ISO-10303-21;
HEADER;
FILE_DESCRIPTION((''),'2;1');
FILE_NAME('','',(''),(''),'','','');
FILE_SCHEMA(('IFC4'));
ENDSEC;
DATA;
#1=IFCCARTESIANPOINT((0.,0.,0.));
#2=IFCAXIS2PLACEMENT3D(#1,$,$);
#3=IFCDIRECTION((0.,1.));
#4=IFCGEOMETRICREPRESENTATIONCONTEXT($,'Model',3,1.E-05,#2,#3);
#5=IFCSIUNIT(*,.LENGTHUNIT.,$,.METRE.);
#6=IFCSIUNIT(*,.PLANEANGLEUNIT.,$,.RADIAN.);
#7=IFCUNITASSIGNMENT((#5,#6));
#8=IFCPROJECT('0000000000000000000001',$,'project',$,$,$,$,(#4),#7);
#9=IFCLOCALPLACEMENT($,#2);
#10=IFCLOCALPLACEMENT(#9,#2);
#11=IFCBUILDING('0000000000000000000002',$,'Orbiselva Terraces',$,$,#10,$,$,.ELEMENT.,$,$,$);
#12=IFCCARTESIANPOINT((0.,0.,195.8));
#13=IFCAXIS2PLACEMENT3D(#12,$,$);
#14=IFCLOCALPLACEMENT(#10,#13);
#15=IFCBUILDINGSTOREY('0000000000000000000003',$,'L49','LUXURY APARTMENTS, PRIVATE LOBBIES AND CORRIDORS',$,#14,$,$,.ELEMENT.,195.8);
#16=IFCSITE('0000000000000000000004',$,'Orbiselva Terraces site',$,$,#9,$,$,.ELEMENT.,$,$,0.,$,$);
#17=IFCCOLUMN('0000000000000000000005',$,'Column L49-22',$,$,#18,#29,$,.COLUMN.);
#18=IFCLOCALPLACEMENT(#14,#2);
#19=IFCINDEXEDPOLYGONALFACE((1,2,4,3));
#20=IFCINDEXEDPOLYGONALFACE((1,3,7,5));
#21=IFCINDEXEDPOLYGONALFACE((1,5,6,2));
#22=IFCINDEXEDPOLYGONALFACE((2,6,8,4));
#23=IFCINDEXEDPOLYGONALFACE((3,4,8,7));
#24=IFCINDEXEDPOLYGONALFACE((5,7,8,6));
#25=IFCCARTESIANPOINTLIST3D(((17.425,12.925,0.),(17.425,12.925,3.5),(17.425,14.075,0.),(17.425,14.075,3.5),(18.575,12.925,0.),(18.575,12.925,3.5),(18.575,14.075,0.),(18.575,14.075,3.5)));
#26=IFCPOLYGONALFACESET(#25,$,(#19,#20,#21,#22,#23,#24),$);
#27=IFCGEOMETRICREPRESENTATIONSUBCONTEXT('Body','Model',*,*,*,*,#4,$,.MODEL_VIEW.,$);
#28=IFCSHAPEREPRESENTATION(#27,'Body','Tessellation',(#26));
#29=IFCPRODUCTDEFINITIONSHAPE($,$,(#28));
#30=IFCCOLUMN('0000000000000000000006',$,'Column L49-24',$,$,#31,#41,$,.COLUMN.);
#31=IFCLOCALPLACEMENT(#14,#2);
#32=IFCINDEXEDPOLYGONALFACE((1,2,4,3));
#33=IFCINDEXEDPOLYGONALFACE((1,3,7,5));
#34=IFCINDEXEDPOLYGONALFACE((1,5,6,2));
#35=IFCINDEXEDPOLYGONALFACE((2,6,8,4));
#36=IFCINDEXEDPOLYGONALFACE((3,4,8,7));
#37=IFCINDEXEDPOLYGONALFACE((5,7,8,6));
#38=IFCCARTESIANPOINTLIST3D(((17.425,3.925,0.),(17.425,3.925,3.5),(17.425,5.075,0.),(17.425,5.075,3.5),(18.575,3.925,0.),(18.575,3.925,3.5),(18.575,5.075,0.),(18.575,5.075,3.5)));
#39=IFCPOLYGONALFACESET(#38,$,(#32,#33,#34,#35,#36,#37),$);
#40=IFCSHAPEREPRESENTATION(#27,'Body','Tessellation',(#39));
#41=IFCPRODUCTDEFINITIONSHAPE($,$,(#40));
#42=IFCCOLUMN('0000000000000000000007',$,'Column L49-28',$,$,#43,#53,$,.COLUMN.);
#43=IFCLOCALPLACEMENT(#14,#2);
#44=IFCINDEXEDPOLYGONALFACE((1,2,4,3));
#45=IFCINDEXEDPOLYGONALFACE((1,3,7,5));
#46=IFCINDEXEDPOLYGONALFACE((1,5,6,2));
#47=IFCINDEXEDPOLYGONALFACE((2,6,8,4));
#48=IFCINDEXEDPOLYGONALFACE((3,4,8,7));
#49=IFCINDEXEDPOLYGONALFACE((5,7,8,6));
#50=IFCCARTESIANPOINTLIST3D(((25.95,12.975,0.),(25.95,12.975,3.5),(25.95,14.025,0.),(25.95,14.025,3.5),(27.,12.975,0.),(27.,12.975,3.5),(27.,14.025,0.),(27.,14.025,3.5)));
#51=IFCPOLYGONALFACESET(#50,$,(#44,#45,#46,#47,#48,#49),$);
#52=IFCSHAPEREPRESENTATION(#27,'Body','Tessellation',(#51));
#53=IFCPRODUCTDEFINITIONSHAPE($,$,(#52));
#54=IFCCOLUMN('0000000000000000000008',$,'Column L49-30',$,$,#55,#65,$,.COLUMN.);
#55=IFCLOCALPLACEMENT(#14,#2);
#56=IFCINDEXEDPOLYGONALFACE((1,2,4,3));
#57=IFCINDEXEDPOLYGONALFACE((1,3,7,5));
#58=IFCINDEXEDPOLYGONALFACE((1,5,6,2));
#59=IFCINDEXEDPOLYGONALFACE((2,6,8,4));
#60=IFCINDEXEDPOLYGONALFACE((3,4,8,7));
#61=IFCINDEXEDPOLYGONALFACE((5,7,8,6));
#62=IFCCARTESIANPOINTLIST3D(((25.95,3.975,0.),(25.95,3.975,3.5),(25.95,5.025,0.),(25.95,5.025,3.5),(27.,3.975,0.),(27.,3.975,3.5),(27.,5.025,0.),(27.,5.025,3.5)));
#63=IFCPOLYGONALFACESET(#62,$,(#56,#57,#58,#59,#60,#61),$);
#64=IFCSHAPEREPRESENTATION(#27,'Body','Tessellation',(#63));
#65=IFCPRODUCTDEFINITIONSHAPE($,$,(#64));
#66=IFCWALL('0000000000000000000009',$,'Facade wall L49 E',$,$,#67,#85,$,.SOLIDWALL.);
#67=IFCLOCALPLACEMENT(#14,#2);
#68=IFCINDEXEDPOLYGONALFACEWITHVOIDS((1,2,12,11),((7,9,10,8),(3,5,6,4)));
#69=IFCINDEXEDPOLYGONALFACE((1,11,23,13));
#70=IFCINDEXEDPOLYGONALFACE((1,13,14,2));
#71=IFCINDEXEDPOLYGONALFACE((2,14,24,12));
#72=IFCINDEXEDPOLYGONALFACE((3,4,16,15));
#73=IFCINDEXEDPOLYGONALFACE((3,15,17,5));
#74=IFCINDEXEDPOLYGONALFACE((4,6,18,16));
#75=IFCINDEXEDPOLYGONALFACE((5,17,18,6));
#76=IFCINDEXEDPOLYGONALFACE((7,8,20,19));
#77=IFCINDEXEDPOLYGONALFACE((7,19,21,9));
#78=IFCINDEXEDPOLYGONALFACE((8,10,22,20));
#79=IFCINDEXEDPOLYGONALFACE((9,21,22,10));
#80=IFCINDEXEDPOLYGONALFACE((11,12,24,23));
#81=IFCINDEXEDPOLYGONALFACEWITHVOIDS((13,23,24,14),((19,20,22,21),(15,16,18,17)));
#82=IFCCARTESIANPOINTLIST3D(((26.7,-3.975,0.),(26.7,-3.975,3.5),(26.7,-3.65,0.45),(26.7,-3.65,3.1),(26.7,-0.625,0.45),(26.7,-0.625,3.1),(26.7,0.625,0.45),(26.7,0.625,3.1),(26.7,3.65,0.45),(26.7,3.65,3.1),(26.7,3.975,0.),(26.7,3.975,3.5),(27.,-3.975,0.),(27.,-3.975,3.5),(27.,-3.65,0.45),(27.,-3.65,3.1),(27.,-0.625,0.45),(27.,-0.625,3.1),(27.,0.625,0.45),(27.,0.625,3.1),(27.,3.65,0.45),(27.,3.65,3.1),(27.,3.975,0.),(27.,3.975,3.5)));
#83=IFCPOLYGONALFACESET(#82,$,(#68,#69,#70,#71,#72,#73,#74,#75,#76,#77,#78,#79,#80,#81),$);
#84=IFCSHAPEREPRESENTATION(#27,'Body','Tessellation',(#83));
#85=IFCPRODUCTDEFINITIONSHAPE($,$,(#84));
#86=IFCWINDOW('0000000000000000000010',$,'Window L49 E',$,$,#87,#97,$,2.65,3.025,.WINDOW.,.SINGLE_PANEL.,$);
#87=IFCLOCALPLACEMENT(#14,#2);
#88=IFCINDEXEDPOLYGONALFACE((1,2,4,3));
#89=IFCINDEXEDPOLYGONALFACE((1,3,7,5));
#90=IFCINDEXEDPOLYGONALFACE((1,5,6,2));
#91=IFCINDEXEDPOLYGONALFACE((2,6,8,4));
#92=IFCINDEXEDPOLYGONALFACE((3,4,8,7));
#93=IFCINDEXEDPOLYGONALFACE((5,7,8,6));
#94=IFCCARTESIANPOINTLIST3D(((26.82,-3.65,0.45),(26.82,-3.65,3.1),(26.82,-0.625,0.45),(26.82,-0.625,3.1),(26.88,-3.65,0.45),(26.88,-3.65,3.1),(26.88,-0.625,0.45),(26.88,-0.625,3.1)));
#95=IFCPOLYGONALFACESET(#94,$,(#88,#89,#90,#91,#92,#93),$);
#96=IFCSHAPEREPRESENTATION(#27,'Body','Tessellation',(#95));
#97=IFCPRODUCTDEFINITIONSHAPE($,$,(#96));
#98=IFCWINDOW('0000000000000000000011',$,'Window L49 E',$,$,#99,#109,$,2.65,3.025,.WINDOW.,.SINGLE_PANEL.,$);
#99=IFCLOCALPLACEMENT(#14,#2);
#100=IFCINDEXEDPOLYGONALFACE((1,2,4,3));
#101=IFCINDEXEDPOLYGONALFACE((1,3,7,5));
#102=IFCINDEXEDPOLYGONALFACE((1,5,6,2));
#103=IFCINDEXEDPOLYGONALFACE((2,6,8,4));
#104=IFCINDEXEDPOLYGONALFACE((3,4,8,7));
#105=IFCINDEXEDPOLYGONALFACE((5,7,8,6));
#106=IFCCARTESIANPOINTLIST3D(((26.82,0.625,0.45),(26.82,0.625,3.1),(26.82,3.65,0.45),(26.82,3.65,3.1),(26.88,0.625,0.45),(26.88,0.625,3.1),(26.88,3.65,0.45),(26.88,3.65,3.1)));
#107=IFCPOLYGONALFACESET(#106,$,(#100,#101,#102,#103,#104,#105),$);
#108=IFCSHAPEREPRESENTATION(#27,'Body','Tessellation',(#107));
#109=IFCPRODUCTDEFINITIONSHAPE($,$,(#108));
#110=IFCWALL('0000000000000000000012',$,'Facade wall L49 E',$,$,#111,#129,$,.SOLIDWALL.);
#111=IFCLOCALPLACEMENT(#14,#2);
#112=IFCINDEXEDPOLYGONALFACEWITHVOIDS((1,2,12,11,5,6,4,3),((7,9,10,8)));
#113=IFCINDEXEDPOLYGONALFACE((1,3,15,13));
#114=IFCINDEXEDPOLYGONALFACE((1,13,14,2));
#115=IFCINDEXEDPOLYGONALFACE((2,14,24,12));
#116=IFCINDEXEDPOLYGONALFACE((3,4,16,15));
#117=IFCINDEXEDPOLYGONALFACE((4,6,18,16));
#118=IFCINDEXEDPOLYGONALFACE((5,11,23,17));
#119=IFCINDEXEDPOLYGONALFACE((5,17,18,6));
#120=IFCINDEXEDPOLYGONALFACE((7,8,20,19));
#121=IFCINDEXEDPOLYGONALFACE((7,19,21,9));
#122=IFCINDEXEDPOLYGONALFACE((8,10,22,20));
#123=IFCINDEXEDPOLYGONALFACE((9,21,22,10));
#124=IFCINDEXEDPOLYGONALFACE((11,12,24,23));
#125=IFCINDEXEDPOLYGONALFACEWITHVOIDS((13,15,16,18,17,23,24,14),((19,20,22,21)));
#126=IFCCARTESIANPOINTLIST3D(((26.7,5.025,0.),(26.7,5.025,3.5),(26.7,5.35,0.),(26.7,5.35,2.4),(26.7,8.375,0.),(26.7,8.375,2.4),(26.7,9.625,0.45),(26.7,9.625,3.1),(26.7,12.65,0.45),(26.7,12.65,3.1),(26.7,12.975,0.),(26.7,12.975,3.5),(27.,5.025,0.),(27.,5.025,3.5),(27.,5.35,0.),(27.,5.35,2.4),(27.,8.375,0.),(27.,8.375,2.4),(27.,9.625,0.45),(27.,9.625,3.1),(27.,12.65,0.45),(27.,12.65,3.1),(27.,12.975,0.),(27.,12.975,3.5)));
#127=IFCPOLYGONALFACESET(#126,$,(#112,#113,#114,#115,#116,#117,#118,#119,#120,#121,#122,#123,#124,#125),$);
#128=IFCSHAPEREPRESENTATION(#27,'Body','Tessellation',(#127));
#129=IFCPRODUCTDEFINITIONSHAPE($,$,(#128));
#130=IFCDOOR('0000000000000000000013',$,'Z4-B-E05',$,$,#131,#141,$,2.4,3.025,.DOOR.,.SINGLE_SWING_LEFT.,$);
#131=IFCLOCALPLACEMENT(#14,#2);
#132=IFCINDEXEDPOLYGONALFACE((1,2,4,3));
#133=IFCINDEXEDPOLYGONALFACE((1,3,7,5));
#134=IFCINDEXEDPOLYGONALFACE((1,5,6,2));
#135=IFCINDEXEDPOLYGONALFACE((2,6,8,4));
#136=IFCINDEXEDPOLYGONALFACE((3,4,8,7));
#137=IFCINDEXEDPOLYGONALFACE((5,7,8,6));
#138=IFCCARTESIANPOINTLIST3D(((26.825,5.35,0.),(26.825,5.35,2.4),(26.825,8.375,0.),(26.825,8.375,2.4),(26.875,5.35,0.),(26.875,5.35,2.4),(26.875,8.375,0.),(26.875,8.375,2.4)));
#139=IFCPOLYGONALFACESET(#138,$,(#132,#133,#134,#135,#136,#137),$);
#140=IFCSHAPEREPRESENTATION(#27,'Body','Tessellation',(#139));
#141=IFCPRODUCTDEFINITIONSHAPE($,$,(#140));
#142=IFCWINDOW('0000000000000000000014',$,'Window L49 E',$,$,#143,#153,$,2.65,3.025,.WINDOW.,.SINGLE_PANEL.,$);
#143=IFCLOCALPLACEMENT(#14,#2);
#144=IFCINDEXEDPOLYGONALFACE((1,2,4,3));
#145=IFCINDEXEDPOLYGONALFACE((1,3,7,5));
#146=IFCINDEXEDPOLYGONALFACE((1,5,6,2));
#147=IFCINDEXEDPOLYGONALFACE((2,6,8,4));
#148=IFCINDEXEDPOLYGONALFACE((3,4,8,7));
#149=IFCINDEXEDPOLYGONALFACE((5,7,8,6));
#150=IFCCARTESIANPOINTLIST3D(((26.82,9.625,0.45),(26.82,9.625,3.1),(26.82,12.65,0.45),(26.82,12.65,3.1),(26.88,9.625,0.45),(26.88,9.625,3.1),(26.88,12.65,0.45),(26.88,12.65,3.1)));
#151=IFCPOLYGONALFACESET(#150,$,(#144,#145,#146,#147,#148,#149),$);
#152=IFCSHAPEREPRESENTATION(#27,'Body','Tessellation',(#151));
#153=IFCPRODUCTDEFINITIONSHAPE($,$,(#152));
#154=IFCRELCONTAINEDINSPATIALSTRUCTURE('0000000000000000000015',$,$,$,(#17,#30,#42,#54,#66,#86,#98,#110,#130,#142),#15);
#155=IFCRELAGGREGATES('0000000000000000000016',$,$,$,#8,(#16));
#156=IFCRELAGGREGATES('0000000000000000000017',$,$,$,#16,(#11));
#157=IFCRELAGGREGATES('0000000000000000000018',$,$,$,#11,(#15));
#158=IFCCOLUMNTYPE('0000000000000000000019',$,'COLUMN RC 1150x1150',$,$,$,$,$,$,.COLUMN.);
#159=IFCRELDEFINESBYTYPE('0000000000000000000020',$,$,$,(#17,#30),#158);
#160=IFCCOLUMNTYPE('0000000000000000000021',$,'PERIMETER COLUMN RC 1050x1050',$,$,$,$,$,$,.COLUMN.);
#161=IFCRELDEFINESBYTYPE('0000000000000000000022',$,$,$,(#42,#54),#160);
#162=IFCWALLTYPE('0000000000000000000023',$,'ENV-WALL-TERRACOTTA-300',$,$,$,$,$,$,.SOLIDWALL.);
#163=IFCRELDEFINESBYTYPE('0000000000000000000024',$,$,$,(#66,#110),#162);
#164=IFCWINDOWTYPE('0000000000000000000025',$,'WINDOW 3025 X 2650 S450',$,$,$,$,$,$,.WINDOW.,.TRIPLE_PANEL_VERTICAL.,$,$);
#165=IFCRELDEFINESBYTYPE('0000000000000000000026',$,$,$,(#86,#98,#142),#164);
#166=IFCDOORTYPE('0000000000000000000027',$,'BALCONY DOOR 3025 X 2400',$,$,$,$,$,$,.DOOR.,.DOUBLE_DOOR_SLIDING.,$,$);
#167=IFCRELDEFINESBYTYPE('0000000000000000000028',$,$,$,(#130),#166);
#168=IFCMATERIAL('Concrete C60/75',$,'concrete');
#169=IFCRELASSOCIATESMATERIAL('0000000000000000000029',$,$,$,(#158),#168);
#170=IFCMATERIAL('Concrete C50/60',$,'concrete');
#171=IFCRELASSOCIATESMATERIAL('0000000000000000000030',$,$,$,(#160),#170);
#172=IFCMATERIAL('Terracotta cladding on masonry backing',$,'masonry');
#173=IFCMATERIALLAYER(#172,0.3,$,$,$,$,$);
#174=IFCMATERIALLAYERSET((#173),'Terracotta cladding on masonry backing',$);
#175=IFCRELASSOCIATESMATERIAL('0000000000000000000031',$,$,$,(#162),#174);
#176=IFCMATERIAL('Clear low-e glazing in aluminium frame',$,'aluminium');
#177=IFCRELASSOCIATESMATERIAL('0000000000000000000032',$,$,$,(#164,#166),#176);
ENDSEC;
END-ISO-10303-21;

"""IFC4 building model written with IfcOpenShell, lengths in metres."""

from ifc_helpers import new_model, si_unit, direction, frame, frame_2d, origin, origin_2d, place, context, subcontext, project, spatial, rectangle, extrude, material, layer, layer_set, material_profile, profile_set, type_object, element, fill, save


model = new_model("IFC4")

# Units and contexts
model_context = context("Model", 3, precision=1e-05, world=origin(), true_north=direction((0.0, 1.0)))
body_context = subcontext(model_context, "Body", "Model", "MODEL_VIEW")
ifc_project = project(units=[si_unit("LENGTHUNIT", "METRE"), si_unit("PLANEANGLEUNIT", "RADIAN")], contexts=[model_context])

# Site, building, storey
site_placement = place(None, origin())
site = spatial("IfcSite", under=ifc_project, at=site_placement, Name="Orbiselva Terraces site", CompositionType="ELEMENT", RefElevation=0.0)
building_placement = place(site_placement, origin())
building = spatial("IfcBuilding", under=site, at=building_placement, Name="Orbiselva Terraces", CompositionType="ELEMENT")
storey_placement = place(building_placement, frame((0.0, 0.0, 195.8)))
storey = spatial("IfcBuildingStorey", under=building, at=storey_placement, Name="L49", Description="LUXURY APARTMENTS, PRIVATE LOBBIES AND CORRIDORS", CompositionType="ELEMENT", Elevation=195.8)

# Columns
ifc_material_1 = material(Name="Concrete C60/75", Category="concrete")
ifc_material_profile_1 = material_profile(ifc_material_1, rectangle(XDim=1.15, YDim=1.15, at=origin_2d()), Name="RC 1150x1150")
ifc_profile_set_1 = profile_set([ifc_material_profile_1], Name="Concrete C60/75")
column_type_1 = type_object("IfcColumnType", Name="COLUMN RC 1150x1150", PredefinedType="COLUMN", material=ifc_profile_set_1)
for number, where, z_axis, x_axis, name in (
    (1, (18.0, 13.5, 0.0), (0.0, 0.0, 1.0), (1.0, 0.0, 0.0), "Column L49-22"),
    (2, (18.0, 4.5, 0.0), (0.0, 0.0, 1.0), (1.0, 0.0, 0.0), "Column L49-24"),
):
    element("IfcColumn", number, at=place(storey_placement, frame(where, z_axis=z_axis, x_axis=x_axis)), inside=storey, type_object=column_type_1, Name=name, PredefinedType="COLUMN", context=body_context, shape_type="SweptSolid", body=[
        extrude(rectangle(XDim=1.15, YDim=1.15, at=origin_2d()), origin(), (0.0, 0.0, 1.0), 3.5),
    ])
ifc_material_2 = material(Name="Concrete C50/60", Category="concrete")
ifc_material_profile_2 = material_profile(ifc_material_2, rectangle(XDim=1.05, YDim=1.05, at=origin_2d()), Name="RC 1050x1050")
ifc_profile_set_2 = profile_set([ifc_material_profile_2], Name="Concrete C50/60")
column_type_2 = type_object("IfcColumnType", Name="PERIMETER COLUMN RC 1050x1050", PredefinedType="COLUMN", material=ifc_profile_set_2)
for number, where, z_axis, x_axis, name in (
    (3, (26.475, 13.5, 0.0), (0.0, 0.0, 1.0), (1.0, 0.0, 0.0), "Column L49-28"),
    (4, (26.475, 4.5, 0.0), (0.0, 0.0, 1.0), (1.0, 0.0, 0.0), "Column L49-30"),
):
    element("IfcColumn", number, at=place(storey_placement, frame(where, z_axis=z_axis, x_axis=x_axis)), inside=storey, type_object=column_type_2, Name=name, PredefinedType="COLUMN", context=body_context, shape_type="SweptSolid", body=[
        extrude(rectangle(XDim=1.05, YDim=1.05, at=origin_2d()), origin(), (0.0, 0.0, 1.0), 3.5),
    ])

# Wall, openings, windows
ifc_material_3 = material(Name="Terracotta cladding on masonry backing", Category="masonry")
ifc_layer_1 = layer(ifc_material_3, 0.3)
ifc_layer_set_1 = layer_set([ifc_layer_1], Name="Terracotta cladding on masonry backing")
wall_type_1 = type_object("IfcWallType", Name="ENV-WALL-TERRACOTTA-300", PredefinedType="SOLIDWALL", material=ifc_layer_set_1)
wall_1_placement = place(storey_placement, frame((26.85, 3.975, 0.0), z_axis=(0.0, 0.0, 1.0), x_axis=(0.0, -1.0, 0.0)))
wall_1 = element("IfcWall", 5, at=wall_1_placement, inside=storey, type_object=wall_type_1, Name="Facade wall L49 E", PredefinedType="SOLIDWALL", context=body_context, shape_type="SweptSolid", body=[
    extrude(rectangle(XDim=7.95, YDim=0.3, at=frame_2d((3.975, 0.0))), origin(), (0.0, 0.0, 1.0), 3.5),
])
opening_1_placement = place(wall_1_placement, frame((4.6, 0.0, 0.45)))
opening_1 = element("IfcOpeningElement", 6, at=opening_1_placement, cuts=wall_1, PredefinedType="OPENING", context=body_context, shape_type="SweptSolid", body=[
    extrude(rectangle(XDim=3.025, YDim=2.65, at=frame_2d((1.5125, 1.325))), frame((0.0, 0.16, 0.0), z_axis=(0.0, -1.0, 0.0), x_axis=(1.0, 0.0, 0.0)), (0.0, 0.0, 1.0), 0.32),
])
opening_2_placement = place(wall_1_placement, frame((0.325, 0.0, 0.45)))
opening_2 = element("IfcOpeningElement", 7, at=opening_2_placement, cuts=wall_1, PredefinedType="OPENING", context=body_context, shape_type="SweptSolid", body=[
    extrude(rectangle(XDim=3.025, YDim=2.65, at=frame_2d((1.5125, 1.325))), frame((0.0, 0.16, 0.0), z_axis=(0.0, -1.0, 0.0), x_axis=(1.0, 0.0, 0.0)), (0.0, 0.0, 1.0), 0.32),
])
ifc_material_4 = material(Name="Clear low-e glazing in aluminium frame", Category="aluminium")
window_type = type_object("IfcWindowType", Name="WINDOW 3025 X 2650 S450", PartitioningType="TRIPLE_PANEL_VERTICAL", PredefinedType="WINDOW", material=ifc_material_4)
window_1_placement = place(opening_1_placement, origin())
window_1 = element("IfcWindow", 8, at=window_1_placement, inside=storey, type_object=window_type, Name="Window L49 E", OverallHeight=2.65, OverallWidth=3.025, PartitioningType="SINGLE_PANEL", PredefinedType="WINDOW", context=body_context, shape_type="SweptSolid", body=[
    extrude(rectangle(XDim=3.025, YDim=2.65, at=frame_2d((1.5125, 1.325))), frame((0.0, 0.03, 0.0), z_axis=(0.0, -1.0, 0.0), x_axis=(1.0, 0.0, 0.0)), (0.0, 0.0, 1.0), 0.06),
])
fill(opening_1, window_1)
window_2_placement = place(opening_2_placement, origin())
window_2 = element("IfcWindow", 9, at=window_2_placement, inside=storey, type_object=window_type, Name="Window L49 E", OverallHeight=2.65, OverallWidth=3.025, PartitioningType="SINGLE_PANEL", PredefinedType="WINDOW", context=body_context, shape_type="SweptSolid", body=[
    extrude(rectangle(XDim=3.025, YDim=2.65, at=frame_2d((1.5125, 1.325))), frame((0.0, 0.03, 0.0), z_axis=(0.0, -1.0, 0.0), x_axis=(1.0, 0.0, 0.0)), (0.0, 0.0, 1.0), 0.06),
])
fill(opening_2, window_2)

# Wall, openings, door, window
wall_2_placement = place(storey_placement, frame((26.85, 12.975, 0.0), z_axis=(0.0, 0.0, 1.0), x_axis=(0.0, -1.0, 0.0)))
wall_2 = element("IfcWall", 10, at=wall_2_placement, inside=storey, type_object=wall_type_1, Name="Facade wall L49 E", PredefinedType="SOLIDWALL", context=body_context, shape_type="SweptSolid", body=[
    extrude(rectangle(XDim=7.95, YDim=0.3, at=frame_2d((3.975, 0.0))), origin(), (0.0, 0.0, 1.0), 3.5),
])
opening_3_placement = place(wall_2_placement, frame((4.6, 0.0, 0.0)))
opening_3 = element("IfcOpeningElement", 11, at=opening_3_placement, cuts=wall_2, PredefinedType="OPENING", context=body_context, shape_type="SweptSolid", body=[
    extrude(rectangle(XDim=3.025, YDim=2.4, at=frame_2d((1.5125, 1.2))), frame((0.0, 0.16, 0.0), z_axis=(0.0, -1.0, 0.0), x_axis=(1.0, 0.0, 0.0)), (0.0, 0.0, 1.0), 0.32),
])
opening_4_placement = place(wall_2_placement, frame((0.325, 0.0, 0.45)))
opening_4 = element("IfcOpeningElement", 12, at=opening_4_placement, cuts=wall_2, PredefinedType="OPENING", context=body_context, shape_type="SweptSolid", body=[
    extrude(rectangle(XDim=3.025, YDim=2.65, at=frame_2d((1.5125, 1.325))), frame((0.0, 0.16, 0.0), z_axis=(0.0, -1.0, 0.0), x_axis=(1.0, 0.0, 0.0)), (0.0, 0.0, 1.0), 0.32),
])
door_type_1 = type_object("IfcDoorType", Name="BALCONY DOOR 3025 X 2400", OperationType="DOUBLE_DOOR_SLIDING", PredefinedType="DOOR", material=ifc_material_4)
door_1_placement = place(opening_3_placement, origin())
door_1 = element("IfcDoor", 13, at=door_1_placement, inside=storey, type_object=door_type_1, Name="Z4-B-E05", OperationType="SINGLE_SWING_LEFT", OverallHeight=2.4, OverallWidth=3.025, PredefinedType="DOOR", context=body_context, shape_type="SweptSolid", body=[
    extrude(rectangle(XDim=3.025, YDim=2.4, at=frame_2d((1.5125, 1.2))), frame((0.0, 0.025, 0.0), z_axis=(0.0, -1.0, 0.0), x_axis=(1.0, 0.0, 0.0)), (0.0, 0.0, 1.0), 0.05),
])
fill(opening_3, door_1)
window_3_placement = place(opening_4_placement, origin())
window_3 = element("IfcWindow", 14, at=window_3_placement, inside=storey, type_object=window_type, Name="Window L49 E", OverallHeight=2.65, OverallWidth=3.025, PartitioningType="SINGLE_PANEL", PredefinedType="WINDOW", context=body_context, shape_type="SweptSolid", body=[
    extrude(rectangle(XDim=3.025, YDim=2.65, at=frame_2d((1.5125, 1.325))), frame((0.0, 0.03, 0.0), z_axis=(0.0, -1.0, 0.0), x_axis=(1.0, 0.0, 0.0)), (0.0, 0.0, 1.0), 0.06),
])
fill(opening_4, window_3)

save(model, "model.ifc")
